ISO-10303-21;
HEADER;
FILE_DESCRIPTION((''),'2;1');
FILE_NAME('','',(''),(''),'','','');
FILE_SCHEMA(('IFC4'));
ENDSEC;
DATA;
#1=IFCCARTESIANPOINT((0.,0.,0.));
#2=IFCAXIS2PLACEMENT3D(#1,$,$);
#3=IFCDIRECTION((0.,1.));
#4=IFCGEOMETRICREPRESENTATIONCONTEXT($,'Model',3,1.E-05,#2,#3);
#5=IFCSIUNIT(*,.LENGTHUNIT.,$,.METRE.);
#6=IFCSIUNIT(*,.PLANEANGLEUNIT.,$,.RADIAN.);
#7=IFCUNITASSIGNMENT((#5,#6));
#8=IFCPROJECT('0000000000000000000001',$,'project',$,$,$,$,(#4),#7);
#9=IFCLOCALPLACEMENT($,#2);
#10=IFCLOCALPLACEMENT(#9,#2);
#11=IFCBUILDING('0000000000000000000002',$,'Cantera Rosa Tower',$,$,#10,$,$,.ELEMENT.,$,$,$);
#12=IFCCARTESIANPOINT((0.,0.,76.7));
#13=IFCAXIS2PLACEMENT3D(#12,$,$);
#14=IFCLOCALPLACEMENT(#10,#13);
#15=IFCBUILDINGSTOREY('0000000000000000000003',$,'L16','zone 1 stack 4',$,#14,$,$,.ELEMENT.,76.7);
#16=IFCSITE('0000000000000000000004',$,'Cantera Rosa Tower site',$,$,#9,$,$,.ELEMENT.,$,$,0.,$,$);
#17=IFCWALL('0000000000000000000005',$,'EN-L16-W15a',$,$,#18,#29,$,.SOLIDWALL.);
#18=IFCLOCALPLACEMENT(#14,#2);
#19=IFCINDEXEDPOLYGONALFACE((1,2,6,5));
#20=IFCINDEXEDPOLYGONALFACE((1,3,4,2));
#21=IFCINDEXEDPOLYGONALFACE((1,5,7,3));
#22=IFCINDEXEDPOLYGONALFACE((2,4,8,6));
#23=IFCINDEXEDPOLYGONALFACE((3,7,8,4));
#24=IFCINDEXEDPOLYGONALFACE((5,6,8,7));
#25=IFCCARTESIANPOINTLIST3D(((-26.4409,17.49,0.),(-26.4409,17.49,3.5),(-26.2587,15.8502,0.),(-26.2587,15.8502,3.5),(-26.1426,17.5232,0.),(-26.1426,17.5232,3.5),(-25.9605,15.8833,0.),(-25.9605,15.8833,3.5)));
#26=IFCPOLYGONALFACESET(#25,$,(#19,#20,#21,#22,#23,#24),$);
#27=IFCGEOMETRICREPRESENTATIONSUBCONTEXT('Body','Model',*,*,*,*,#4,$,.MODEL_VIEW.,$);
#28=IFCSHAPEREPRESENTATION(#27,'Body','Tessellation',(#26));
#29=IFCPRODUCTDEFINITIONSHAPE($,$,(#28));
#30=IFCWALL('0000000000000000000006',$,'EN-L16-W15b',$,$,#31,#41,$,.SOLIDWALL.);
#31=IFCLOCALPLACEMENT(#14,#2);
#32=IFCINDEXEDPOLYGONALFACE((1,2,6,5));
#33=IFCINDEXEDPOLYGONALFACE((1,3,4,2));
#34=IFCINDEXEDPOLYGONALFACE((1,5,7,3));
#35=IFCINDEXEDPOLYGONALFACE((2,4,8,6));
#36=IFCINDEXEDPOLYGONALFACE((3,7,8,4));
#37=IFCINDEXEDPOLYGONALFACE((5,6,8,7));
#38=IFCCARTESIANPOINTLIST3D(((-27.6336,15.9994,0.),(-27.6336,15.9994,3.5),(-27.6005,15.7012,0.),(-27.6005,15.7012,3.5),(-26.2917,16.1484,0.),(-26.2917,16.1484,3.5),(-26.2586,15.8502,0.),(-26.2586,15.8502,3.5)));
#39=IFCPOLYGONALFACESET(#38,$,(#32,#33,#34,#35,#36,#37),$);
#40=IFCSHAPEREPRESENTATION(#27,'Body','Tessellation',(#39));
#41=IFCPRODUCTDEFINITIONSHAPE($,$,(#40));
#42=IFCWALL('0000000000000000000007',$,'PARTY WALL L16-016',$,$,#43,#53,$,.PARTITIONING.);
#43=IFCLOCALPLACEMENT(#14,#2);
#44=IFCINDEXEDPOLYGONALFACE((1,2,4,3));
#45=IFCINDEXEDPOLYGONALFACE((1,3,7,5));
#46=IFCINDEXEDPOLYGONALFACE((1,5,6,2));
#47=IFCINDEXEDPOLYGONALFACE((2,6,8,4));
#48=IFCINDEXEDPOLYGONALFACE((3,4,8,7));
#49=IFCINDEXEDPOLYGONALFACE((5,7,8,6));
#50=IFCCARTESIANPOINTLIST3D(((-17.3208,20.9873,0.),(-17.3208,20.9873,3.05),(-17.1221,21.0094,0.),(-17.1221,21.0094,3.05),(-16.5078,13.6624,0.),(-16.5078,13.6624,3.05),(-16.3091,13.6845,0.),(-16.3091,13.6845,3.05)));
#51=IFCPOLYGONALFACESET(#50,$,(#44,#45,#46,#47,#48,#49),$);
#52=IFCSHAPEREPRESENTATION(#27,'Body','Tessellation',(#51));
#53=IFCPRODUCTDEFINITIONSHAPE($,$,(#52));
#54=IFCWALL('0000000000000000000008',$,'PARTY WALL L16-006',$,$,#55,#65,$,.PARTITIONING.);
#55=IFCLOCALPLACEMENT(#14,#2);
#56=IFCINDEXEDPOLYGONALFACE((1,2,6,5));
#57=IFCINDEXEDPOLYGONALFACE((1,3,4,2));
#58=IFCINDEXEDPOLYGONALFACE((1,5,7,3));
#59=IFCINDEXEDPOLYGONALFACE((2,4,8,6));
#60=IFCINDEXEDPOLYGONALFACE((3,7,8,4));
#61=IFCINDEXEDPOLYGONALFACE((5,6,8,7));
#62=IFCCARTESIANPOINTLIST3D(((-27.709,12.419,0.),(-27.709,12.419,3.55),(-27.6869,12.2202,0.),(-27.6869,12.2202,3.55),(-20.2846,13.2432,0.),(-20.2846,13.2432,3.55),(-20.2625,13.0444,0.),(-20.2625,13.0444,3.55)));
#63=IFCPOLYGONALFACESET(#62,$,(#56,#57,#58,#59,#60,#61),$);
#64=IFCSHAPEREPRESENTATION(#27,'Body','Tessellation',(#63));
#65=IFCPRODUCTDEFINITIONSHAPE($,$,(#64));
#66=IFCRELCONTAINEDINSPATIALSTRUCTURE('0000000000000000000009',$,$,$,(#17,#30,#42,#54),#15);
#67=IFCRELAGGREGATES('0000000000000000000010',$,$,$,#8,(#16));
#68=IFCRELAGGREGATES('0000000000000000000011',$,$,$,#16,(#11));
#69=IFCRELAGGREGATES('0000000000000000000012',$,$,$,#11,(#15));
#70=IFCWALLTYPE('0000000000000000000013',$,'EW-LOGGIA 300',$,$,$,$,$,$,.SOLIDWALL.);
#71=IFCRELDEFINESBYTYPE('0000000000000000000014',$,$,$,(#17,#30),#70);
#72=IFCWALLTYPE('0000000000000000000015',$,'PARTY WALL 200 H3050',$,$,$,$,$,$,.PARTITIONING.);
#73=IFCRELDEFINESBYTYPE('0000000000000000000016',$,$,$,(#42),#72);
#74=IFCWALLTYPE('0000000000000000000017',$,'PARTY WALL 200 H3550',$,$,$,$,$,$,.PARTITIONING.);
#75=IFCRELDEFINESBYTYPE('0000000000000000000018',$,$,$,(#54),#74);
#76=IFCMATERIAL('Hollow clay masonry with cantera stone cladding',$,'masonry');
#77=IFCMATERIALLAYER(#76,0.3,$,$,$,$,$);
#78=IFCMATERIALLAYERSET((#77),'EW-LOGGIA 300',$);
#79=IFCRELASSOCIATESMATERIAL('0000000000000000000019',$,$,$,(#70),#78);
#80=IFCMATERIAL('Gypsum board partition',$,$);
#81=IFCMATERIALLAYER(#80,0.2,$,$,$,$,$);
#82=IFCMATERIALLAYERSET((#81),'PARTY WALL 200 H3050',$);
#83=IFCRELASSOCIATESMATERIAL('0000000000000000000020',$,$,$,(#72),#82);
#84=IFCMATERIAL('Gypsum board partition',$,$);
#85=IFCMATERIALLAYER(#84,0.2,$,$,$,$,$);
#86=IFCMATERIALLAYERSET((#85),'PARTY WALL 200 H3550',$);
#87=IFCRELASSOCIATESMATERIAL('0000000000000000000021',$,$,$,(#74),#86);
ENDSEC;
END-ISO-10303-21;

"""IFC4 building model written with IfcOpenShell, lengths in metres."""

from ifc_helpers import new_model, si_unit, direction, frame, frame_2d, origin, place, context, subcontext, project, spatial, rectangle, extrude, material, layer, layer_set, type_object, element, save


model = new_model("IFC4")

# Units and contexts
model_context = context("Model", 3, precision=1e-05, world=origin(), true_north=direction((0.0, 1.0)))
body_context = subcontext(model_context, "Body", "Model", "MODEL_VIEW")
ifc_project = project(units=[si_unit("LENGTHUNIT", "METRE"), si_unit("PLANEANGLEUNIT", "RADIAN")], contexts=[model_context])

# Site, building, storey
site_placement = place(None, origin())
site = spatial("IfcSite", under=ifc_project, at=site_placement, Name="Cantera Rosa Tower site", CompositionType="ELEMENT", RefElevation=0.0)
building_placement = place(site_placement, origin())
building = spatial("IfcBuilding", under=site, at=building_placement, Name="Cantera Rosa Tower", CompositionType="ELEMENT")
storey_placement = place(building_placement, frame((0.0, 0.0, 76.7)))
storey = spatial("IfcBuildingStorey", under=building, at=storey_placement, Name="L16", Description="zone 1 stack 4", CompositionType="ELEMENT", Elevation=76.7)

# Walls
ifc_material_1 = material(Name="Hollow clay masonry with cantera stone cladding", Category="masonry")
ifc_layer_1 = layer(ifc_material_1, 0.3)
ifc_layer_set_1 = layer_set([ifc_layer_1], Name="EW-LOGGIA 300")
wall_type_1 = type_object("IfcWallType", Name="EW-LOGGIA 300", PredefinedType="SOLIDWALL", material=ifc_layer_set_1)
wall_1_placement = place(storey_placement, frame((-26.2917, 17.5066, 0.0), z_axis=(0.0, 0.0, 1.0), x_axis=(0.110383, -0.993889, 0.0)))
element("IfcWall", 1, at=wall_1_placement, inside=storey, type_object=wall_type_1, Name="EN-L16-W15a", PredefinedType="SOLIDWALL", context=body_context, shape_type="SweptSolid", body=[
    extrude(rectangle(XDim=1.6499, YDim=0.3, at=frame_2d((0.825, 0.0))), origin(), (0.0, 0.0, 1.0), 3.5),
])
wall_2_placement = place(storey_placement, frame((-26.2751, 15.9993, 0.0), z_axis=(0.0, 0.0, 1.0), x_axis=(-0.993897, -0.110312, 0.0)))
element("IfcWall", 2, at=wall_2_placement, inside=storey, type_object=wall_type_1, Name="EN-L16-W15b", PredefinedType="SOLIDWALL", context=body_context, shape_type="SweptSolid", body=[
    extrude(rectangle(XDim=1.3501, YDim=0.3, at=frame_2d((0.675, 0.0))), origin(), (0.0, 0.0, 1.0), 3.5),
])

# Walls
ifc_material_2 = material(Name="Gypsum board partition")
ifc_layer_2 = layer(ifc_material_2, 0.2)
ifc_layer_set_2 = layer_set([ifc_layer_2], Name="PARTY WALL 200 H3050")
wall_type_2 = type_object("IfcWallType", Name="PARTY WALL 200 H3050", PredefinedType="PARTITIONING", material=ifc_layer_set_2)
wall_3_placement = place(storey_placement, frame((-16.4084, 13.6733, 0.0), z_axis=(0.0, 0.0, 1.0), x_axis=(-0.110312, 0.993897, 0.0)))
element("IfcWall", 3, at=wall_3_placement, inside=storey, type_object=wall_type_2, Name="PARTY WALL L16-016", PredefinedType="PARTITIONING", context=body_context, shape_type="SweptSolid", body=[
    extrude(rectangle(XDim=7.3699, YDim=0.2, at=frame_2d((3.6851, 0.0))), origin(), (0.0, 0.0, 1.0), 3.05),
])
ifc_material_3 = material(Name="Gypsum board partition")
ifc_layer_3 = layer(ifc_material_3, 0.2)
ifc_layer_set_3 = layer_set([ifc_layer_3], Name="PARTY WALL 200 H3550")
wall_type_3 = type_object("IfcWallType", Name="PARTY WALL 200 H3550", PredefinedType="PARTITIONING", material=ifc_layer_set_3)
wall_4_placement = place(storey_placement, frame((-20.2737, 13.1438, 0.0), z_axis=(0.0, 0.0, 1.0), x_axis=(-0.993894, -0.110338, 0.0)))
element("IfcWall", 4, at=wall_4_placement, inside=storey, type_object=wall_type_3, Name="PARTY WALL L16-006", PredefinedType="PARTITIONING", context=body_context, shape_type="SweptSolid", body=[
    extrude(rectangle(XDim=7.47, YDim=0.2, at=frame_2d((3.7349, 0.0))), origin(), (0.0, 0.0, 1.0), 3.55),
])

save(model, "model.ifc")
